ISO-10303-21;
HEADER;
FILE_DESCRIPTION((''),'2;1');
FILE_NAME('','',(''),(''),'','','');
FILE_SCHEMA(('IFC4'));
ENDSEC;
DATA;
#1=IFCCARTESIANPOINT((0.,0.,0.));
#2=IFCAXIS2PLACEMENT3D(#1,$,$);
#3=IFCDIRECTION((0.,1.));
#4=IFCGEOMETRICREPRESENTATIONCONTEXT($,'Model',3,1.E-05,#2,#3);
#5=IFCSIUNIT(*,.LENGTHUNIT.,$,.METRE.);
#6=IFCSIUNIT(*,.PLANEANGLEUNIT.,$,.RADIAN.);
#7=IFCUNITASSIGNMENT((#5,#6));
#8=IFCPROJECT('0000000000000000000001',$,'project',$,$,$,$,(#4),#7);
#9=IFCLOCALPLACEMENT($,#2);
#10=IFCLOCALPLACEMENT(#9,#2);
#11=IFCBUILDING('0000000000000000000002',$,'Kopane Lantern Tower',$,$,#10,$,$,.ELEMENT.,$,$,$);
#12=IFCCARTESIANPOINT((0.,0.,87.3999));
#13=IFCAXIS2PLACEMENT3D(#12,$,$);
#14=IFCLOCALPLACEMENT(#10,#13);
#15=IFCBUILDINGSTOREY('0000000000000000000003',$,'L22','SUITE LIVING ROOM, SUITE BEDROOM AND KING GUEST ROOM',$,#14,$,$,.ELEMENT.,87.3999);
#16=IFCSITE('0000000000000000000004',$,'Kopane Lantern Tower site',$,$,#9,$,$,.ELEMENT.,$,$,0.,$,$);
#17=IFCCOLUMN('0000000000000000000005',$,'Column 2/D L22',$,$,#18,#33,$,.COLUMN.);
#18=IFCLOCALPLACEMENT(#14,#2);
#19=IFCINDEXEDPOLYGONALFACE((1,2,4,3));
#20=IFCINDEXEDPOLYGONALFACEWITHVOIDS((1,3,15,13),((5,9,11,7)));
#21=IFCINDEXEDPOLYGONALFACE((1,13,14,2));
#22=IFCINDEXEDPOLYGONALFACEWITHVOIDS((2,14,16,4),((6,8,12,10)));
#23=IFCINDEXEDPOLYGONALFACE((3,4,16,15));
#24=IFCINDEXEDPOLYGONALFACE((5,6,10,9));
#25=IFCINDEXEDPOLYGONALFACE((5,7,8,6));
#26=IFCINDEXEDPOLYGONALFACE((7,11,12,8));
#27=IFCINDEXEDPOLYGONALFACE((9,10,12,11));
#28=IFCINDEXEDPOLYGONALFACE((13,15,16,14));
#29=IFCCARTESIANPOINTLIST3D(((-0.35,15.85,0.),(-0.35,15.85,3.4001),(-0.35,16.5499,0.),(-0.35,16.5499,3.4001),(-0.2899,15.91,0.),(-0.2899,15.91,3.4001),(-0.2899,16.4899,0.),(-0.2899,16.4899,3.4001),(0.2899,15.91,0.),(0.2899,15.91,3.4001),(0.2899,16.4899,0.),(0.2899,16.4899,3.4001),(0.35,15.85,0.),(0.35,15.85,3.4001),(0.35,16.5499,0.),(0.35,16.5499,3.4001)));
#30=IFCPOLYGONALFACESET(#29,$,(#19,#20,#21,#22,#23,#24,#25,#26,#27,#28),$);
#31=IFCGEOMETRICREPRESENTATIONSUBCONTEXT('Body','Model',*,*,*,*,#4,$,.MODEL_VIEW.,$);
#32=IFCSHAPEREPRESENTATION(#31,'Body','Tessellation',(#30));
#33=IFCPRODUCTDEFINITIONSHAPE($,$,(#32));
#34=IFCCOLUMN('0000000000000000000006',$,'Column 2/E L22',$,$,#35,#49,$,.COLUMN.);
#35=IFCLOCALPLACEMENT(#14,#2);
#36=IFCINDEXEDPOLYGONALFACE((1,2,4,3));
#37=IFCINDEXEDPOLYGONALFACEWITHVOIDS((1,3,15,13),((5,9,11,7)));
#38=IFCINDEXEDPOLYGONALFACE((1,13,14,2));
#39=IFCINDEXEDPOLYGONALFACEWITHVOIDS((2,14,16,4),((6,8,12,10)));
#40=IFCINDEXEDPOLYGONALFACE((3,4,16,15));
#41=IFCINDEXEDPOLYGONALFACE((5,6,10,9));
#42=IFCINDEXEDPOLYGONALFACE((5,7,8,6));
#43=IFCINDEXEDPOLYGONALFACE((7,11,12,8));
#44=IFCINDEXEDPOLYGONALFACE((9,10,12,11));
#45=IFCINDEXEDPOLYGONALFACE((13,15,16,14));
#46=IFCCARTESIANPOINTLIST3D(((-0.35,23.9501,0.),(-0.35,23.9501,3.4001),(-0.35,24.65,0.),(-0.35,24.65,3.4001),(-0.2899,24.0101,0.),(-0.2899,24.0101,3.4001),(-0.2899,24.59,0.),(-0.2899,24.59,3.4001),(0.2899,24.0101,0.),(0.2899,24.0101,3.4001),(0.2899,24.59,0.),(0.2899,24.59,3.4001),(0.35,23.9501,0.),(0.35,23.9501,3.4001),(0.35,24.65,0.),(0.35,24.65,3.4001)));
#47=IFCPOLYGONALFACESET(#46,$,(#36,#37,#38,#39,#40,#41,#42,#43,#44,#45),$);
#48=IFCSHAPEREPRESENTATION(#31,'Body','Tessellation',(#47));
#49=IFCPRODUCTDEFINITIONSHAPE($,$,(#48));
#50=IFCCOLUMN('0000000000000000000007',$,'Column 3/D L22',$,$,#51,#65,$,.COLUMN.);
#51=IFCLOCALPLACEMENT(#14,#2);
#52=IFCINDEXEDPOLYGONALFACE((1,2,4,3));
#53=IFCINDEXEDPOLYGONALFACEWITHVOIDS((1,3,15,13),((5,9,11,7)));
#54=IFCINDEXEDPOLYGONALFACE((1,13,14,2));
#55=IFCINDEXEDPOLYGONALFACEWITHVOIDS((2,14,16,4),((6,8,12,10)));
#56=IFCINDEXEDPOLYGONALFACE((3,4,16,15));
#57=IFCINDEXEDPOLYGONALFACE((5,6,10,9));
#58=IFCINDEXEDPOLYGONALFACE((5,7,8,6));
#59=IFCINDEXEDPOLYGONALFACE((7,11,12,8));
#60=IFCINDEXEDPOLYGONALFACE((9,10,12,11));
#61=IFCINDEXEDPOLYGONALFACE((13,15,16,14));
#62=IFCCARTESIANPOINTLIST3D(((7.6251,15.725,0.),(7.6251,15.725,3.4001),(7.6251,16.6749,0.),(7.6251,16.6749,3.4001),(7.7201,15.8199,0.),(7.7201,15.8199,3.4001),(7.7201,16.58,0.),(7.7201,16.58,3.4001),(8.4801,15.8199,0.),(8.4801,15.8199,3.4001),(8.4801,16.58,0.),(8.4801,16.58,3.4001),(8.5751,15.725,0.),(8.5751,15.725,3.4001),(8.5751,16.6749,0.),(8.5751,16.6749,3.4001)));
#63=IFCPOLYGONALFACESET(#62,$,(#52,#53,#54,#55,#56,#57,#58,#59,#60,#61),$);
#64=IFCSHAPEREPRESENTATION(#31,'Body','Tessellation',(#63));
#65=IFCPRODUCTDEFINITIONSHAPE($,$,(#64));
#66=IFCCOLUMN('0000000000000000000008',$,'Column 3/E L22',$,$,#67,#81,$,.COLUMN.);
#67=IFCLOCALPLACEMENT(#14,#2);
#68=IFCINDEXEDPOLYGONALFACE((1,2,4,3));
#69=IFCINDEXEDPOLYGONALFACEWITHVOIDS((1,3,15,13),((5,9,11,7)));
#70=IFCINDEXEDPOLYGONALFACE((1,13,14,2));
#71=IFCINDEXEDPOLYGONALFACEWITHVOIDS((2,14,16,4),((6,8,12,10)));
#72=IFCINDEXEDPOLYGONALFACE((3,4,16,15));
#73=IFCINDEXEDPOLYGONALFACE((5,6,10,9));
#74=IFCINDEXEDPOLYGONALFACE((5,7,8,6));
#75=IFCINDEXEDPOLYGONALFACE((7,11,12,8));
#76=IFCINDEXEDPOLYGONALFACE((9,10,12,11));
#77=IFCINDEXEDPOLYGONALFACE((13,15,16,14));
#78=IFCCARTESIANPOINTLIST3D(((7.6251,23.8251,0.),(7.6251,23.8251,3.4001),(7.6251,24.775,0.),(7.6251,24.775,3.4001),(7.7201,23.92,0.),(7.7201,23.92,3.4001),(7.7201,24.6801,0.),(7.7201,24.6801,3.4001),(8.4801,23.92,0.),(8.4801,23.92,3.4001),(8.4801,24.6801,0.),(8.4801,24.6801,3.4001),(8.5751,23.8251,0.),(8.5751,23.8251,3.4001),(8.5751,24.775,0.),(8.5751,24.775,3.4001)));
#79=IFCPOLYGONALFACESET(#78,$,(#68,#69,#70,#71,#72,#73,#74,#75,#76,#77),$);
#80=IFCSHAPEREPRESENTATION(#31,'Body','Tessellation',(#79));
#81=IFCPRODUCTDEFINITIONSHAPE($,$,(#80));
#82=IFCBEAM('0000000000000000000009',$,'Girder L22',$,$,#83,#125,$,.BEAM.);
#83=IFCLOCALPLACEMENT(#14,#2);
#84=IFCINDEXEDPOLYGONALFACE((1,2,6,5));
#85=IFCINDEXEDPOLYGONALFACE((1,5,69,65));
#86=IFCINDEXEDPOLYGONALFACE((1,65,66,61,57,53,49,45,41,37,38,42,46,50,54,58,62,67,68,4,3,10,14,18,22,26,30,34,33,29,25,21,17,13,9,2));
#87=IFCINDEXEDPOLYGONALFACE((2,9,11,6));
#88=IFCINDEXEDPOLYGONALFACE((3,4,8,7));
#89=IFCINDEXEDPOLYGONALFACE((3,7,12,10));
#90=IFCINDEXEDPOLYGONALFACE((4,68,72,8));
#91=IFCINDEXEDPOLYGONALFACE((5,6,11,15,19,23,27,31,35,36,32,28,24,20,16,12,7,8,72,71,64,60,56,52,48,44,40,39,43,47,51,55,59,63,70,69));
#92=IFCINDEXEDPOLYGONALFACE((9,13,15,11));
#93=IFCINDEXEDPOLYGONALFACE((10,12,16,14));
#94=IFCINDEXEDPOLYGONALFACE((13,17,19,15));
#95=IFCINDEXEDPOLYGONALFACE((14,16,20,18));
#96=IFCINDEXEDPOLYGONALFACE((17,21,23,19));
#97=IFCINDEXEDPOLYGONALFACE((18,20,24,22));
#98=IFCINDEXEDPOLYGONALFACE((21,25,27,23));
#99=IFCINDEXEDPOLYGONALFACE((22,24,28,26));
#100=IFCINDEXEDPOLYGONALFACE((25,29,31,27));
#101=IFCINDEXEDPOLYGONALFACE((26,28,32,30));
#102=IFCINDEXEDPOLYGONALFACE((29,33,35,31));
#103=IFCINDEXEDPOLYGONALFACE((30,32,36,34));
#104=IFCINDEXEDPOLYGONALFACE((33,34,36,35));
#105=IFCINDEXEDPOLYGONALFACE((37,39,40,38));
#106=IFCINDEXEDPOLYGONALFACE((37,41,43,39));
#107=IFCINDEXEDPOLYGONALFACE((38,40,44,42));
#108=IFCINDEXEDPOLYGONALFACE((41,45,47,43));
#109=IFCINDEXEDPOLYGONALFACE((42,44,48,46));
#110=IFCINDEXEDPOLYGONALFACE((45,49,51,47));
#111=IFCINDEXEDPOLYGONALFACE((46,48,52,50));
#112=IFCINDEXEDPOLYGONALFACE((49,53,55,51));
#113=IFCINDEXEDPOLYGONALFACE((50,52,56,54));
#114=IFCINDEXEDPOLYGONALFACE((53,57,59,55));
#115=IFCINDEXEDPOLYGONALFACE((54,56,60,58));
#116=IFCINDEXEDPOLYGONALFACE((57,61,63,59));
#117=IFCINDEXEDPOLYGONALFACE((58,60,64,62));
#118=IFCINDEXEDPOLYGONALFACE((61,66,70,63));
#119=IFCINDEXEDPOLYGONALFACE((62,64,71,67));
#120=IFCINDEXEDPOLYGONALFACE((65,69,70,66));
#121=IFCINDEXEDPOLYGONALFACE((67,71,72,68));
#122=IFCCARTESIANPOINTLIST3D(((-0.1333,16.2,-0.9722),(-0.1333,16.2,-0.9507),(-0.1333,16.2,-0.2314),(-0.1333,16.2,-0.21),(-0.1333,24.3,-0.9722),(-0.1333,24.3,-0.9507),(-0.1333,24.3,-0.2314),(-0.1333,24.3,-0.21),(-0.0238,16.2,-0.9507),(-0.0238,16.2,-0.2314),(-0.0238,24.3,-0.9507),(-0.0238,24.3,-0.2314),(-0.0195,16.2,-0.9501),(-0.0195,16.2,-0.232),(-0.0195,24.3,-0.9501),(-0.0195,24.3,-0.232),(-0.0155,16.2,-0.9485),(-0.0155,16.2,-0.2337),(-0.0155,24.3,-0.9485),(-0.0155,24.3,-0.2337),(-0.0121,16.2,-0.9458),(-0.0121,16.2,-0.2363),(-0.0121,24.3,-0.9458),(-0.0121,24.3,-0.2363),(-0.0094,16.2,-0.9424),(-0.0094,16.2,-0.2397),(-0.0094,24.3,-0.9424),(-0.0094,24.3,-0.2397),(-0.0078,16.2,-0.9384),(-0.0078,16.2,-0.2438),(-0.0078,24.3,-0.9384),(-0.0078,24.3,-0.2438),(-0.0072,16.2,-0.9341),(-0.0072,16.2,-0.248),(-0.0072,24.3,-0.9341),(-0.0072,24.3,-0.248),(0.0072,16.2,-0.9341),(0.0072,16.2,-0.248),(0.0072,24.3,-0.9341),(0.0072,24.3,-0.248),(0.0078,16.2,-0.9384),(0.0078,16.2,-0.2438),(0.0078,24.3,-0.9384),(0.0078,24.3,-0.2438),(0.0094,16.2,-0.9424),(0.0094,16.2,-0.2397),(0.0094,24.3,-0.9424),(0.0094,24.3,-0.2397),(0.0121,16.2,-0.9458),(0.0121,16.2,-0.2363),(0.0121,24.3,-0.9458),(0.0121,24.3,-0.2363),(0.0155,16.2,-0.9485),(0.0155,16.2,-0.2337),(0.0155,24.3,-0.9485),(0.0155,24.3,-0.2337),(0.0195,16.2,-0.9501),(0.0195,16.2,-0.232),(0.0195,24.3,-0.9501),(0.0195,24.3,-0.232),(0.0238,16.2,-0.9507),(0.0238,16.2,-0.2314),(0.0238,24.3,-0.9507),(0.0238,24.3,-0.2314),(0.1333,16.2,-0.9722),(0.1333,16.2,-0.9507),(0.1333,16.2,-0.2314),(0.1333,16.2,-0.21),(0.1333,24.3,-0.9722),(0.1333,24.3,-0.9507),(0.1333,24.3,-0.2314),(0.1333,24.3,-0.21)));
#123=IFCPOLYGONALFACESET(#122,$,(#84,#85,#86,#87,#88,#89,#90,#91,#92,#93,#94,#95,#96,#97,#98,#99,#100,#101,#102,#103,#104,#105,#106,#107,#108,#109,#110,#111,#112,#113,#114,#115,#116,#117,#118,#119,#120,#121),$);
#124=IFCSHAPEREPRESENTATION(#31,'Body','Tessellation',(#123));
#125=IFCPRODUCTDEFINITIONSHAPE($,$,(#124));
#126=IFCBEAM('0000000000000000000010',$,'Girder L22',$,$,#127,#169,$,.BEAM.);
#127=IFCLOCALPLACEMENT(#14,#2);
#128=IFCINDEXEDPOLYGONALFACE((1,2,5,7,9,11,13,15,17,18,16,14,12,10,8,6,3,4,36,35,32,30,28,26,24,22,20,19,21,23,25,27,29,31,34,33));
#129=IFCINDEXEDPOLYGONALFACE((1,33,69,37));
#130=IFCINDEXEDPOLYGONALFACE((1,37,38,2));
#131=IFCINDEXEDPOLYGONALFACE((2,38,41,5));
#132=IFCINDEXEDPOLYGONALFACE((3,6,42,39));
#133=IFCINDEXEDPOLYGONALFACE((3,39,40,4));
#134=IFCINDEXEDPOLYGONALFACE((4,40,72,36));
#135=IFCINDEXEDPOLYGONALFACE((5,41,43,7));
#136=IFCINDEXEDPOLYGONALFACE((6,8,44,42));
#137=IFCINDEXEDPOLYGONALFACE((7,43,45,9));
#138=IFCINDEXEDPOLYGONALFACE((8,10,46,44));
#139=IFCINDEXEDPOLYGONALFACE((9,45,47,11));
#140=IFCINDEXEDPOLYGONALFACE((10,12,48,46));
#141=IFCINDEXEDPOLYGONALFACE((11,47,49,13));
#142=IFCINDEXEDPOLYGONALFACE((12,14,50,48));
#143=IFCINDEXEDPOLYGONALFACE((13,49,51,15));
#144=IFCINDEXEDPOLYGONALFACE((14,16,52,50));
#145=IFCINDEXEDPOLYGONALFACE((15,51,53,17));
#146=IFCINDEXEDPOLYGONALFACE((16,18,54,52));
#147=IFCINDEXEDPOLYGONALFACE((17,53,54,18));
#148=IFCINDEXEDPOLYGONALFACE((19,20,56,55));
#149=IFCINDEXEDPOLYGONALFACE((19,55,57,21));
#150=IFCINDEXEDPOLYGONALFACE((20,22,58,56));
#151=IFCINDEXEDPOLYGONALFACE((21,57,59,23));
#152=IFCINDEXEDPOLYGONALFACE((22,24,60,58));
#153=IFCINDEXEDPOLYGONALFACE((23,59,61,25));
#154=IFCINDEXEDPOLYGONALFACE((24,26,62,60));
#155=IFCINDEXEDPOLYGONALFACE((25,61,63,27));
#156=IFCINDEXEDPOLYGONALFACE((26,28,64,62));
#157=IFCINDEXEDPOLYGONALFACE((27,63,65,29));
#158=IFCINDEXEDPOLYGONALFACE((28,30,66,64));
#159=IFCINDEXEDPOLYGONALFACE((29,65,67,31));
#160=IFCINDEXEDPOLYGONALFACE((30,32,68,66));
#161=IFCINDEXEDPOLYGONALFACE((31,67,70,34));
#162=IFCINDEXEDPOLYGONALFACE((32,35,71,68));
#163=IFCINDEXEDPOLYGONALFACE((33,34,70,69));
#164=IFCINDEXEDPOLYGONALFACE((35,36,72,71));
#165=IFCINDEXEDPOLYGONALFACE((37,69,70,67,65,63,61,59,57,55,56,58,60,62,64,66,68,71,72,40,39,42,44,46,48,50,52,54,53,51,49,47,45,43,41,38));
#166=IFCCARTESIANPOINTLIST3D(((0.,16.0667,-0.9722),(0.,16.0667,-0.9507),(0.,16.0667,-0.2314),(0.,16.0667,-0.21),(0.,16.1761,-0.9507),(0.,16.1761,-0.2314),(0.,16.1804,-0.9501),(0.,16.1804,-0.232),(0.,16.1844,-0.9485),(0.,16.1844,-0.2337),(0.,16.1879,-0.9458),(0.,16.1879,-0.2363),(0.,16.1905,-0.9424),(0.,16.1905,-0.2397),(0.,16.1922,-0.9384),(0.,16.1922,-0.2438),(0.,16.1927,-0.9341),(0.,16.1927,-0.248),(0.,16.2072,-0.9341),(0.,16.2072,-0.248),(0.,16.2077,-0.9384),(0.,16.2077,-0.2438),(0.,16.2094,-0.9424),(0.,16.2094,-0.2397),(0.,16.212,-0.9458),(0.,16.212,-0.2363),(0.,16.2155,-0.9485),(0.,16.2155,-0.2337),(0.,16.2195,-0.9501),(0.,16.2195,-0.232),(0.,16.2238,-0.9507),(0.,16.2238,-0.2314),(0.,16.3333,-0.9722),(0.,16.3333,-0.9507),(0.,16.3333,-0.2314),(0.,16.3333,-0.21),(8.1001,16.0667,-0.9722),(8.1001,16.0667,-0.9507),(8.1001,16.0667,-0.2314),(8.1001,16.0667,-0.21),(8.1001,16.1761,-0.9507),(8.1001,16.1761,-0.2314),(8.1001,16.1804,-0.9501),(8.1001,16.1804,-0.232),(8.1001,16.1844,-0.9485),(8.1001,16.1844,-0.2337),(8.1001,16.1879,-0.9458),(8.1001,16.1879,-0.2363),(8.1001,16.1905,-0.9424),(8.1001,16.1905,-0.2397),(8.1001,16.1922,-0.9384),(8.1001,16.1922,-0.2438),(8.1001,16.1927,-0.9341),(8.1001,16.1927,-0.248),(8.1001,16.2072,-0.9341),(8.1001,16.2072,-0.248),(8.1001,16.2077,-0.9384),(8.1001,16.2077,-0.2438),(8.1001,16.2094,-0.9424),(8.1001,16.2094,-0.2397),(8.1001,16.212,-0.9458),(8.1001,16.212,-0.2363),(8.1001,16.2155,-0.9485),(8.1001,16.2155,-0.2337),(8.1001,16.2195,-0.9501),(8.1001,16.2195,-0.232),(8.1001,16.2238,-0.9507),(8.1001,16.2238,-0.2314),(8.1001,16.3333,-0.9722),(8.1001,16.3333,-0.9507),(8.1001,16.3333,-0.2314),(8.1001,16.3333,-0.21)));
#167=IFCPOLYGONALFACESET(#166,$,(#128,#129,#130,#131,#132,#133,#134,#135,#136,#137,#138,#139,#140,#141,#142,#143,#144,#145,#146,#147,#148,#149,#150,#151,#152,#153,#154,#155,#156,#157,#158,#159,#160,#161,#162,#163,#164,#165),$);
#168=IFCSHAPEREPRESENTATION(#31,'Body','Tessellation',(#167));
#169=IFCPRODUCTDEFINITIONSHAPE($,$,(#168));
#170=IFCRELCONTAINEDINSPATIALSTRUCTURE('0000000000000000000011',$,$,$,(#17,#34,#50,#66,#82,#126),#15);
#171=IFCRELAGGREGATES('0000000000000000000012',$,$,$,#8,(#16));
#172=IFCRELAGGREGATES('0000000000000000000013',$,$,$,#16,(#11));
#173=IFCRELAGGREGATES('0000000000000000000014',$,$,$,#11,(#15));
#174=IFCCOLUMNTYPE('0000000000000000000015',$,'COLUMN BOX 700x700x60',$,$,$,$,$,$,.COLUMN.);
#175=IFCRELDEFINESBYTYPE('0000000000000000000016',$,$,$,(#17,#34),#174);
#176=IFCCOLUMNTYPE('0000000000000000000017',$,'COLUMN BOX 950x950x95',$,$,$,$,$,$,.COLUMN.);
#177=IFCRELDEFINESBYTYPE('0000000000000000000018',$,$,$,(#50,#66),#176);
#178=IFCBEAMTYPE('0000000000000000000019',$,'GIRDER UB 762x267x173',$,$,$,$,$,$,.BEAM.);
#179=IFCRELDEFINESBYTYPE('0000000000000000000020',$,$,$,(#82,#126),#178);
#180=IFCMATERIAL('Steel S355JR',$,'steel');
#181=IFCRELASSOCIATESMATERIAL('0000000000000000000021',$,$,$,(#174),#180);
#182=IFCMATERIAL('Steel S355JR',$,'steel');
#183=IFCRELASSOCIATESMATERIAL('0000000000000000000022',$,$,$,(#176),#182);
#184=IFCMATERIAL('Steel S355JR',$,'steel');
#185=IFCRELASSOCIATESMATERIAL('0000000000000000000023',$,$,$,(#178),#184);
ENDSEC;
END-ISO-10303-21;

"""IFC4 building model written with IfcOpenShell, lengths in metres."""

from ifc_helpers import new_model, si_unit, direction, frame, origin, origin_2d, place, context, subcontext, project, spatial, hollow_rectangle, i_section, extrude, material, material_profile, profile_set, type_object, element, save


model = new_model("IFC4")

# Units and contexts
model_context = context("Model", 3, precision=1e-05, world=origin(), true_north=direction((0.0, 1.0)))
body_context = subcontext(model_context, "Body", "Model", "MODEL_VIEW")
ifc_project = project(units=[si_unit("LENGTHUNIT", "METRE"), si_unit("PLANEANGLEUNIT", "RADIAN")], contexts=[model_context])

# Site, building, storey
site_placement = place(None, origin())
site = spatial("IfcSite", under=ifc_project, at=site_placement, Name="Kopane Lantern Tower site", CompositionType="ELEMENT", RefElevation=0.0)
building_placement = place(site_placement, origin())
building = spatial("IfcBuilding", under=site, at=building_placement, Name="Kopane Lantern Tower", CompositionType="ELEMENT")
storey_placement = place(building_placement, frame((0.0, 0.0, 87.3999)))
storey = spatial("IfcBuildingStorey", under=building, at=storey_placement, Name="L22", Description="SUITE LIVING ROOM, SUITE BEDROOM AND KING GUEST ROOM", CompositionType="ELEMENT", Elevation=87.3999)

# Columns
ifc_material_1 = material(Name="Steel S355JR", Category="steel")
ifc_material_profile_1 = material_profile(ifc_material_1, hollow_rectangle(XDim=0.7, YDim=0.7, WallThickness=0.0601, at=origin_2d()), Name="BOX 700x700x60")
ifc_profile_set_1 = profile_set([ifc_material_profile_1], Name="Steel S355JR")
column_type_1 = type_object("IfcColumnType", Name="COLUMN BOX 700x700x60", PredefinedType="COLUMN", material=ifc_profile_set_1)
for number, where, z_axis, x_axis, name in (
    (1, (0.0, 16.2, 0.0), (0.0, 0.0, 1.0), (1.0, 0.0, 0.0), "Column 2/D L22"),
    (2, (0.0, 24.3, 0.0), (0.0, 0.0, 1.0), (1.0, 0.0, 0.0), "Column 2/E L22"),
):
    element("IfcColumn", number, at=place(storey_placement, frame(where, z_axis=z_axis, x_axis=x_axis)), inside=storey, type_object=column_type_1, Name=name, PredefinedType="COLUMN", context=body_context, shape_type="SweptSolid", body=[
        extrude(hollow_rectangle(XDim=0.7, YDim=0.7, WallThickness=0.0601, at=origin_2d()), origin(), (0.0, 0.0, 1.0), 3.4001),
    ])
ifc_material_2 = material(Name="Steel S355JR", Category="steel")
ifc_material_profile_2 = material_profile(ifc_material_2, hollow_rectangle(XDim=0.95, YDim=0.95, WallThickness=0.095, at=origin_2d()), Name="BOX 950x950x95")
ifc_profile_set_2 = profile_set([ifc_material_profile_2], Name="Steel S355JR")
column_type_2 = type_object("IfcColumnType", Name="COLUMN BOX 950x950x95", PredefinedType="COLUMN", material=ifc_profile_set_2)
for number, where, z_axis, x_axis, name in (
    (3, (8.1001, 16.2, 0.0), (0.0, 0.0, 1.0), (1.0, 0.0, 0.0), "Column 3/D L22"),
    (4, (8.1001, 24.3, 0.0), (0.0, 0.0, 1.0), (1.0, 0.0, 0.0), "Column 3/E L22"),
):
    element("IfcColumn", number, at=place(storey_placement, frame(where, z_axis=z_axis, x_axis=x_axis)), inside=storey, type_object=column_type_2, Name=name, PredefinedType="COLUMN", context=body_context, shape_type="SweptSolid", body=[
        extrude(hollow_rectangle(XDim=0.95, YDim=0.95, WallThickness=0.095, at=origin_2d()), origin(), (0.0, 0.0, 1.0), 3.4001),
    ])

# Beams
ifc_material_3 = material(Name="Steel S355JR", Category="steel")
ifc_material_profile_3 = material_profile(ifc_material_3, i_section(OverallWidth=0.2666, OverallDepth=0.7622, WebThickness=0.0144, FlangeThickness=0.0215, FilletRadius=0.0166, at=origin_2d()), Name="UB 762x267x173")
ifc_profile_set_3 = profile_set([ifc_material_profile_3], Name="Steel S355JR")
beam_type = type_object("IfcBeamType", Name="GIRDER UB 762x267x173", PredefinedType="BEAM", material=ifc_profile_set_3)
for number, where, z_axis, x_axis, name in (
    (5, (0.0, 16.2, -0.5911), (0.0, 1.0, 0.0), (-1.0, 0.0, 0.0), "Girder L22"),
    (6, (0.0, 16.2, -0.5911), (1.0, 0.0, 0.0), (0.0, 1.0, 0.0), "Girder L22"),
):
    element("IfcBeam", number, at=place(storey_placement, frame(where, z_axis=z_axis, x_axis=x_axis)), inside=storey, type_object=beam_type, Name=name, PredefinedType="BEAM", context=body_context, shape_type="SweptSolid", body=[
        extrude(i_section(OverallWidth=0.2666, OverallDepth=0.7622, WebThickness=0.0144, FlangeThickness=0.0215, FilletRadius=0.0166, at=origin_2d()), origin(), (0.0, 0.0, 1.0), 8.1001),
    ])

save(model, "model.ifc")
